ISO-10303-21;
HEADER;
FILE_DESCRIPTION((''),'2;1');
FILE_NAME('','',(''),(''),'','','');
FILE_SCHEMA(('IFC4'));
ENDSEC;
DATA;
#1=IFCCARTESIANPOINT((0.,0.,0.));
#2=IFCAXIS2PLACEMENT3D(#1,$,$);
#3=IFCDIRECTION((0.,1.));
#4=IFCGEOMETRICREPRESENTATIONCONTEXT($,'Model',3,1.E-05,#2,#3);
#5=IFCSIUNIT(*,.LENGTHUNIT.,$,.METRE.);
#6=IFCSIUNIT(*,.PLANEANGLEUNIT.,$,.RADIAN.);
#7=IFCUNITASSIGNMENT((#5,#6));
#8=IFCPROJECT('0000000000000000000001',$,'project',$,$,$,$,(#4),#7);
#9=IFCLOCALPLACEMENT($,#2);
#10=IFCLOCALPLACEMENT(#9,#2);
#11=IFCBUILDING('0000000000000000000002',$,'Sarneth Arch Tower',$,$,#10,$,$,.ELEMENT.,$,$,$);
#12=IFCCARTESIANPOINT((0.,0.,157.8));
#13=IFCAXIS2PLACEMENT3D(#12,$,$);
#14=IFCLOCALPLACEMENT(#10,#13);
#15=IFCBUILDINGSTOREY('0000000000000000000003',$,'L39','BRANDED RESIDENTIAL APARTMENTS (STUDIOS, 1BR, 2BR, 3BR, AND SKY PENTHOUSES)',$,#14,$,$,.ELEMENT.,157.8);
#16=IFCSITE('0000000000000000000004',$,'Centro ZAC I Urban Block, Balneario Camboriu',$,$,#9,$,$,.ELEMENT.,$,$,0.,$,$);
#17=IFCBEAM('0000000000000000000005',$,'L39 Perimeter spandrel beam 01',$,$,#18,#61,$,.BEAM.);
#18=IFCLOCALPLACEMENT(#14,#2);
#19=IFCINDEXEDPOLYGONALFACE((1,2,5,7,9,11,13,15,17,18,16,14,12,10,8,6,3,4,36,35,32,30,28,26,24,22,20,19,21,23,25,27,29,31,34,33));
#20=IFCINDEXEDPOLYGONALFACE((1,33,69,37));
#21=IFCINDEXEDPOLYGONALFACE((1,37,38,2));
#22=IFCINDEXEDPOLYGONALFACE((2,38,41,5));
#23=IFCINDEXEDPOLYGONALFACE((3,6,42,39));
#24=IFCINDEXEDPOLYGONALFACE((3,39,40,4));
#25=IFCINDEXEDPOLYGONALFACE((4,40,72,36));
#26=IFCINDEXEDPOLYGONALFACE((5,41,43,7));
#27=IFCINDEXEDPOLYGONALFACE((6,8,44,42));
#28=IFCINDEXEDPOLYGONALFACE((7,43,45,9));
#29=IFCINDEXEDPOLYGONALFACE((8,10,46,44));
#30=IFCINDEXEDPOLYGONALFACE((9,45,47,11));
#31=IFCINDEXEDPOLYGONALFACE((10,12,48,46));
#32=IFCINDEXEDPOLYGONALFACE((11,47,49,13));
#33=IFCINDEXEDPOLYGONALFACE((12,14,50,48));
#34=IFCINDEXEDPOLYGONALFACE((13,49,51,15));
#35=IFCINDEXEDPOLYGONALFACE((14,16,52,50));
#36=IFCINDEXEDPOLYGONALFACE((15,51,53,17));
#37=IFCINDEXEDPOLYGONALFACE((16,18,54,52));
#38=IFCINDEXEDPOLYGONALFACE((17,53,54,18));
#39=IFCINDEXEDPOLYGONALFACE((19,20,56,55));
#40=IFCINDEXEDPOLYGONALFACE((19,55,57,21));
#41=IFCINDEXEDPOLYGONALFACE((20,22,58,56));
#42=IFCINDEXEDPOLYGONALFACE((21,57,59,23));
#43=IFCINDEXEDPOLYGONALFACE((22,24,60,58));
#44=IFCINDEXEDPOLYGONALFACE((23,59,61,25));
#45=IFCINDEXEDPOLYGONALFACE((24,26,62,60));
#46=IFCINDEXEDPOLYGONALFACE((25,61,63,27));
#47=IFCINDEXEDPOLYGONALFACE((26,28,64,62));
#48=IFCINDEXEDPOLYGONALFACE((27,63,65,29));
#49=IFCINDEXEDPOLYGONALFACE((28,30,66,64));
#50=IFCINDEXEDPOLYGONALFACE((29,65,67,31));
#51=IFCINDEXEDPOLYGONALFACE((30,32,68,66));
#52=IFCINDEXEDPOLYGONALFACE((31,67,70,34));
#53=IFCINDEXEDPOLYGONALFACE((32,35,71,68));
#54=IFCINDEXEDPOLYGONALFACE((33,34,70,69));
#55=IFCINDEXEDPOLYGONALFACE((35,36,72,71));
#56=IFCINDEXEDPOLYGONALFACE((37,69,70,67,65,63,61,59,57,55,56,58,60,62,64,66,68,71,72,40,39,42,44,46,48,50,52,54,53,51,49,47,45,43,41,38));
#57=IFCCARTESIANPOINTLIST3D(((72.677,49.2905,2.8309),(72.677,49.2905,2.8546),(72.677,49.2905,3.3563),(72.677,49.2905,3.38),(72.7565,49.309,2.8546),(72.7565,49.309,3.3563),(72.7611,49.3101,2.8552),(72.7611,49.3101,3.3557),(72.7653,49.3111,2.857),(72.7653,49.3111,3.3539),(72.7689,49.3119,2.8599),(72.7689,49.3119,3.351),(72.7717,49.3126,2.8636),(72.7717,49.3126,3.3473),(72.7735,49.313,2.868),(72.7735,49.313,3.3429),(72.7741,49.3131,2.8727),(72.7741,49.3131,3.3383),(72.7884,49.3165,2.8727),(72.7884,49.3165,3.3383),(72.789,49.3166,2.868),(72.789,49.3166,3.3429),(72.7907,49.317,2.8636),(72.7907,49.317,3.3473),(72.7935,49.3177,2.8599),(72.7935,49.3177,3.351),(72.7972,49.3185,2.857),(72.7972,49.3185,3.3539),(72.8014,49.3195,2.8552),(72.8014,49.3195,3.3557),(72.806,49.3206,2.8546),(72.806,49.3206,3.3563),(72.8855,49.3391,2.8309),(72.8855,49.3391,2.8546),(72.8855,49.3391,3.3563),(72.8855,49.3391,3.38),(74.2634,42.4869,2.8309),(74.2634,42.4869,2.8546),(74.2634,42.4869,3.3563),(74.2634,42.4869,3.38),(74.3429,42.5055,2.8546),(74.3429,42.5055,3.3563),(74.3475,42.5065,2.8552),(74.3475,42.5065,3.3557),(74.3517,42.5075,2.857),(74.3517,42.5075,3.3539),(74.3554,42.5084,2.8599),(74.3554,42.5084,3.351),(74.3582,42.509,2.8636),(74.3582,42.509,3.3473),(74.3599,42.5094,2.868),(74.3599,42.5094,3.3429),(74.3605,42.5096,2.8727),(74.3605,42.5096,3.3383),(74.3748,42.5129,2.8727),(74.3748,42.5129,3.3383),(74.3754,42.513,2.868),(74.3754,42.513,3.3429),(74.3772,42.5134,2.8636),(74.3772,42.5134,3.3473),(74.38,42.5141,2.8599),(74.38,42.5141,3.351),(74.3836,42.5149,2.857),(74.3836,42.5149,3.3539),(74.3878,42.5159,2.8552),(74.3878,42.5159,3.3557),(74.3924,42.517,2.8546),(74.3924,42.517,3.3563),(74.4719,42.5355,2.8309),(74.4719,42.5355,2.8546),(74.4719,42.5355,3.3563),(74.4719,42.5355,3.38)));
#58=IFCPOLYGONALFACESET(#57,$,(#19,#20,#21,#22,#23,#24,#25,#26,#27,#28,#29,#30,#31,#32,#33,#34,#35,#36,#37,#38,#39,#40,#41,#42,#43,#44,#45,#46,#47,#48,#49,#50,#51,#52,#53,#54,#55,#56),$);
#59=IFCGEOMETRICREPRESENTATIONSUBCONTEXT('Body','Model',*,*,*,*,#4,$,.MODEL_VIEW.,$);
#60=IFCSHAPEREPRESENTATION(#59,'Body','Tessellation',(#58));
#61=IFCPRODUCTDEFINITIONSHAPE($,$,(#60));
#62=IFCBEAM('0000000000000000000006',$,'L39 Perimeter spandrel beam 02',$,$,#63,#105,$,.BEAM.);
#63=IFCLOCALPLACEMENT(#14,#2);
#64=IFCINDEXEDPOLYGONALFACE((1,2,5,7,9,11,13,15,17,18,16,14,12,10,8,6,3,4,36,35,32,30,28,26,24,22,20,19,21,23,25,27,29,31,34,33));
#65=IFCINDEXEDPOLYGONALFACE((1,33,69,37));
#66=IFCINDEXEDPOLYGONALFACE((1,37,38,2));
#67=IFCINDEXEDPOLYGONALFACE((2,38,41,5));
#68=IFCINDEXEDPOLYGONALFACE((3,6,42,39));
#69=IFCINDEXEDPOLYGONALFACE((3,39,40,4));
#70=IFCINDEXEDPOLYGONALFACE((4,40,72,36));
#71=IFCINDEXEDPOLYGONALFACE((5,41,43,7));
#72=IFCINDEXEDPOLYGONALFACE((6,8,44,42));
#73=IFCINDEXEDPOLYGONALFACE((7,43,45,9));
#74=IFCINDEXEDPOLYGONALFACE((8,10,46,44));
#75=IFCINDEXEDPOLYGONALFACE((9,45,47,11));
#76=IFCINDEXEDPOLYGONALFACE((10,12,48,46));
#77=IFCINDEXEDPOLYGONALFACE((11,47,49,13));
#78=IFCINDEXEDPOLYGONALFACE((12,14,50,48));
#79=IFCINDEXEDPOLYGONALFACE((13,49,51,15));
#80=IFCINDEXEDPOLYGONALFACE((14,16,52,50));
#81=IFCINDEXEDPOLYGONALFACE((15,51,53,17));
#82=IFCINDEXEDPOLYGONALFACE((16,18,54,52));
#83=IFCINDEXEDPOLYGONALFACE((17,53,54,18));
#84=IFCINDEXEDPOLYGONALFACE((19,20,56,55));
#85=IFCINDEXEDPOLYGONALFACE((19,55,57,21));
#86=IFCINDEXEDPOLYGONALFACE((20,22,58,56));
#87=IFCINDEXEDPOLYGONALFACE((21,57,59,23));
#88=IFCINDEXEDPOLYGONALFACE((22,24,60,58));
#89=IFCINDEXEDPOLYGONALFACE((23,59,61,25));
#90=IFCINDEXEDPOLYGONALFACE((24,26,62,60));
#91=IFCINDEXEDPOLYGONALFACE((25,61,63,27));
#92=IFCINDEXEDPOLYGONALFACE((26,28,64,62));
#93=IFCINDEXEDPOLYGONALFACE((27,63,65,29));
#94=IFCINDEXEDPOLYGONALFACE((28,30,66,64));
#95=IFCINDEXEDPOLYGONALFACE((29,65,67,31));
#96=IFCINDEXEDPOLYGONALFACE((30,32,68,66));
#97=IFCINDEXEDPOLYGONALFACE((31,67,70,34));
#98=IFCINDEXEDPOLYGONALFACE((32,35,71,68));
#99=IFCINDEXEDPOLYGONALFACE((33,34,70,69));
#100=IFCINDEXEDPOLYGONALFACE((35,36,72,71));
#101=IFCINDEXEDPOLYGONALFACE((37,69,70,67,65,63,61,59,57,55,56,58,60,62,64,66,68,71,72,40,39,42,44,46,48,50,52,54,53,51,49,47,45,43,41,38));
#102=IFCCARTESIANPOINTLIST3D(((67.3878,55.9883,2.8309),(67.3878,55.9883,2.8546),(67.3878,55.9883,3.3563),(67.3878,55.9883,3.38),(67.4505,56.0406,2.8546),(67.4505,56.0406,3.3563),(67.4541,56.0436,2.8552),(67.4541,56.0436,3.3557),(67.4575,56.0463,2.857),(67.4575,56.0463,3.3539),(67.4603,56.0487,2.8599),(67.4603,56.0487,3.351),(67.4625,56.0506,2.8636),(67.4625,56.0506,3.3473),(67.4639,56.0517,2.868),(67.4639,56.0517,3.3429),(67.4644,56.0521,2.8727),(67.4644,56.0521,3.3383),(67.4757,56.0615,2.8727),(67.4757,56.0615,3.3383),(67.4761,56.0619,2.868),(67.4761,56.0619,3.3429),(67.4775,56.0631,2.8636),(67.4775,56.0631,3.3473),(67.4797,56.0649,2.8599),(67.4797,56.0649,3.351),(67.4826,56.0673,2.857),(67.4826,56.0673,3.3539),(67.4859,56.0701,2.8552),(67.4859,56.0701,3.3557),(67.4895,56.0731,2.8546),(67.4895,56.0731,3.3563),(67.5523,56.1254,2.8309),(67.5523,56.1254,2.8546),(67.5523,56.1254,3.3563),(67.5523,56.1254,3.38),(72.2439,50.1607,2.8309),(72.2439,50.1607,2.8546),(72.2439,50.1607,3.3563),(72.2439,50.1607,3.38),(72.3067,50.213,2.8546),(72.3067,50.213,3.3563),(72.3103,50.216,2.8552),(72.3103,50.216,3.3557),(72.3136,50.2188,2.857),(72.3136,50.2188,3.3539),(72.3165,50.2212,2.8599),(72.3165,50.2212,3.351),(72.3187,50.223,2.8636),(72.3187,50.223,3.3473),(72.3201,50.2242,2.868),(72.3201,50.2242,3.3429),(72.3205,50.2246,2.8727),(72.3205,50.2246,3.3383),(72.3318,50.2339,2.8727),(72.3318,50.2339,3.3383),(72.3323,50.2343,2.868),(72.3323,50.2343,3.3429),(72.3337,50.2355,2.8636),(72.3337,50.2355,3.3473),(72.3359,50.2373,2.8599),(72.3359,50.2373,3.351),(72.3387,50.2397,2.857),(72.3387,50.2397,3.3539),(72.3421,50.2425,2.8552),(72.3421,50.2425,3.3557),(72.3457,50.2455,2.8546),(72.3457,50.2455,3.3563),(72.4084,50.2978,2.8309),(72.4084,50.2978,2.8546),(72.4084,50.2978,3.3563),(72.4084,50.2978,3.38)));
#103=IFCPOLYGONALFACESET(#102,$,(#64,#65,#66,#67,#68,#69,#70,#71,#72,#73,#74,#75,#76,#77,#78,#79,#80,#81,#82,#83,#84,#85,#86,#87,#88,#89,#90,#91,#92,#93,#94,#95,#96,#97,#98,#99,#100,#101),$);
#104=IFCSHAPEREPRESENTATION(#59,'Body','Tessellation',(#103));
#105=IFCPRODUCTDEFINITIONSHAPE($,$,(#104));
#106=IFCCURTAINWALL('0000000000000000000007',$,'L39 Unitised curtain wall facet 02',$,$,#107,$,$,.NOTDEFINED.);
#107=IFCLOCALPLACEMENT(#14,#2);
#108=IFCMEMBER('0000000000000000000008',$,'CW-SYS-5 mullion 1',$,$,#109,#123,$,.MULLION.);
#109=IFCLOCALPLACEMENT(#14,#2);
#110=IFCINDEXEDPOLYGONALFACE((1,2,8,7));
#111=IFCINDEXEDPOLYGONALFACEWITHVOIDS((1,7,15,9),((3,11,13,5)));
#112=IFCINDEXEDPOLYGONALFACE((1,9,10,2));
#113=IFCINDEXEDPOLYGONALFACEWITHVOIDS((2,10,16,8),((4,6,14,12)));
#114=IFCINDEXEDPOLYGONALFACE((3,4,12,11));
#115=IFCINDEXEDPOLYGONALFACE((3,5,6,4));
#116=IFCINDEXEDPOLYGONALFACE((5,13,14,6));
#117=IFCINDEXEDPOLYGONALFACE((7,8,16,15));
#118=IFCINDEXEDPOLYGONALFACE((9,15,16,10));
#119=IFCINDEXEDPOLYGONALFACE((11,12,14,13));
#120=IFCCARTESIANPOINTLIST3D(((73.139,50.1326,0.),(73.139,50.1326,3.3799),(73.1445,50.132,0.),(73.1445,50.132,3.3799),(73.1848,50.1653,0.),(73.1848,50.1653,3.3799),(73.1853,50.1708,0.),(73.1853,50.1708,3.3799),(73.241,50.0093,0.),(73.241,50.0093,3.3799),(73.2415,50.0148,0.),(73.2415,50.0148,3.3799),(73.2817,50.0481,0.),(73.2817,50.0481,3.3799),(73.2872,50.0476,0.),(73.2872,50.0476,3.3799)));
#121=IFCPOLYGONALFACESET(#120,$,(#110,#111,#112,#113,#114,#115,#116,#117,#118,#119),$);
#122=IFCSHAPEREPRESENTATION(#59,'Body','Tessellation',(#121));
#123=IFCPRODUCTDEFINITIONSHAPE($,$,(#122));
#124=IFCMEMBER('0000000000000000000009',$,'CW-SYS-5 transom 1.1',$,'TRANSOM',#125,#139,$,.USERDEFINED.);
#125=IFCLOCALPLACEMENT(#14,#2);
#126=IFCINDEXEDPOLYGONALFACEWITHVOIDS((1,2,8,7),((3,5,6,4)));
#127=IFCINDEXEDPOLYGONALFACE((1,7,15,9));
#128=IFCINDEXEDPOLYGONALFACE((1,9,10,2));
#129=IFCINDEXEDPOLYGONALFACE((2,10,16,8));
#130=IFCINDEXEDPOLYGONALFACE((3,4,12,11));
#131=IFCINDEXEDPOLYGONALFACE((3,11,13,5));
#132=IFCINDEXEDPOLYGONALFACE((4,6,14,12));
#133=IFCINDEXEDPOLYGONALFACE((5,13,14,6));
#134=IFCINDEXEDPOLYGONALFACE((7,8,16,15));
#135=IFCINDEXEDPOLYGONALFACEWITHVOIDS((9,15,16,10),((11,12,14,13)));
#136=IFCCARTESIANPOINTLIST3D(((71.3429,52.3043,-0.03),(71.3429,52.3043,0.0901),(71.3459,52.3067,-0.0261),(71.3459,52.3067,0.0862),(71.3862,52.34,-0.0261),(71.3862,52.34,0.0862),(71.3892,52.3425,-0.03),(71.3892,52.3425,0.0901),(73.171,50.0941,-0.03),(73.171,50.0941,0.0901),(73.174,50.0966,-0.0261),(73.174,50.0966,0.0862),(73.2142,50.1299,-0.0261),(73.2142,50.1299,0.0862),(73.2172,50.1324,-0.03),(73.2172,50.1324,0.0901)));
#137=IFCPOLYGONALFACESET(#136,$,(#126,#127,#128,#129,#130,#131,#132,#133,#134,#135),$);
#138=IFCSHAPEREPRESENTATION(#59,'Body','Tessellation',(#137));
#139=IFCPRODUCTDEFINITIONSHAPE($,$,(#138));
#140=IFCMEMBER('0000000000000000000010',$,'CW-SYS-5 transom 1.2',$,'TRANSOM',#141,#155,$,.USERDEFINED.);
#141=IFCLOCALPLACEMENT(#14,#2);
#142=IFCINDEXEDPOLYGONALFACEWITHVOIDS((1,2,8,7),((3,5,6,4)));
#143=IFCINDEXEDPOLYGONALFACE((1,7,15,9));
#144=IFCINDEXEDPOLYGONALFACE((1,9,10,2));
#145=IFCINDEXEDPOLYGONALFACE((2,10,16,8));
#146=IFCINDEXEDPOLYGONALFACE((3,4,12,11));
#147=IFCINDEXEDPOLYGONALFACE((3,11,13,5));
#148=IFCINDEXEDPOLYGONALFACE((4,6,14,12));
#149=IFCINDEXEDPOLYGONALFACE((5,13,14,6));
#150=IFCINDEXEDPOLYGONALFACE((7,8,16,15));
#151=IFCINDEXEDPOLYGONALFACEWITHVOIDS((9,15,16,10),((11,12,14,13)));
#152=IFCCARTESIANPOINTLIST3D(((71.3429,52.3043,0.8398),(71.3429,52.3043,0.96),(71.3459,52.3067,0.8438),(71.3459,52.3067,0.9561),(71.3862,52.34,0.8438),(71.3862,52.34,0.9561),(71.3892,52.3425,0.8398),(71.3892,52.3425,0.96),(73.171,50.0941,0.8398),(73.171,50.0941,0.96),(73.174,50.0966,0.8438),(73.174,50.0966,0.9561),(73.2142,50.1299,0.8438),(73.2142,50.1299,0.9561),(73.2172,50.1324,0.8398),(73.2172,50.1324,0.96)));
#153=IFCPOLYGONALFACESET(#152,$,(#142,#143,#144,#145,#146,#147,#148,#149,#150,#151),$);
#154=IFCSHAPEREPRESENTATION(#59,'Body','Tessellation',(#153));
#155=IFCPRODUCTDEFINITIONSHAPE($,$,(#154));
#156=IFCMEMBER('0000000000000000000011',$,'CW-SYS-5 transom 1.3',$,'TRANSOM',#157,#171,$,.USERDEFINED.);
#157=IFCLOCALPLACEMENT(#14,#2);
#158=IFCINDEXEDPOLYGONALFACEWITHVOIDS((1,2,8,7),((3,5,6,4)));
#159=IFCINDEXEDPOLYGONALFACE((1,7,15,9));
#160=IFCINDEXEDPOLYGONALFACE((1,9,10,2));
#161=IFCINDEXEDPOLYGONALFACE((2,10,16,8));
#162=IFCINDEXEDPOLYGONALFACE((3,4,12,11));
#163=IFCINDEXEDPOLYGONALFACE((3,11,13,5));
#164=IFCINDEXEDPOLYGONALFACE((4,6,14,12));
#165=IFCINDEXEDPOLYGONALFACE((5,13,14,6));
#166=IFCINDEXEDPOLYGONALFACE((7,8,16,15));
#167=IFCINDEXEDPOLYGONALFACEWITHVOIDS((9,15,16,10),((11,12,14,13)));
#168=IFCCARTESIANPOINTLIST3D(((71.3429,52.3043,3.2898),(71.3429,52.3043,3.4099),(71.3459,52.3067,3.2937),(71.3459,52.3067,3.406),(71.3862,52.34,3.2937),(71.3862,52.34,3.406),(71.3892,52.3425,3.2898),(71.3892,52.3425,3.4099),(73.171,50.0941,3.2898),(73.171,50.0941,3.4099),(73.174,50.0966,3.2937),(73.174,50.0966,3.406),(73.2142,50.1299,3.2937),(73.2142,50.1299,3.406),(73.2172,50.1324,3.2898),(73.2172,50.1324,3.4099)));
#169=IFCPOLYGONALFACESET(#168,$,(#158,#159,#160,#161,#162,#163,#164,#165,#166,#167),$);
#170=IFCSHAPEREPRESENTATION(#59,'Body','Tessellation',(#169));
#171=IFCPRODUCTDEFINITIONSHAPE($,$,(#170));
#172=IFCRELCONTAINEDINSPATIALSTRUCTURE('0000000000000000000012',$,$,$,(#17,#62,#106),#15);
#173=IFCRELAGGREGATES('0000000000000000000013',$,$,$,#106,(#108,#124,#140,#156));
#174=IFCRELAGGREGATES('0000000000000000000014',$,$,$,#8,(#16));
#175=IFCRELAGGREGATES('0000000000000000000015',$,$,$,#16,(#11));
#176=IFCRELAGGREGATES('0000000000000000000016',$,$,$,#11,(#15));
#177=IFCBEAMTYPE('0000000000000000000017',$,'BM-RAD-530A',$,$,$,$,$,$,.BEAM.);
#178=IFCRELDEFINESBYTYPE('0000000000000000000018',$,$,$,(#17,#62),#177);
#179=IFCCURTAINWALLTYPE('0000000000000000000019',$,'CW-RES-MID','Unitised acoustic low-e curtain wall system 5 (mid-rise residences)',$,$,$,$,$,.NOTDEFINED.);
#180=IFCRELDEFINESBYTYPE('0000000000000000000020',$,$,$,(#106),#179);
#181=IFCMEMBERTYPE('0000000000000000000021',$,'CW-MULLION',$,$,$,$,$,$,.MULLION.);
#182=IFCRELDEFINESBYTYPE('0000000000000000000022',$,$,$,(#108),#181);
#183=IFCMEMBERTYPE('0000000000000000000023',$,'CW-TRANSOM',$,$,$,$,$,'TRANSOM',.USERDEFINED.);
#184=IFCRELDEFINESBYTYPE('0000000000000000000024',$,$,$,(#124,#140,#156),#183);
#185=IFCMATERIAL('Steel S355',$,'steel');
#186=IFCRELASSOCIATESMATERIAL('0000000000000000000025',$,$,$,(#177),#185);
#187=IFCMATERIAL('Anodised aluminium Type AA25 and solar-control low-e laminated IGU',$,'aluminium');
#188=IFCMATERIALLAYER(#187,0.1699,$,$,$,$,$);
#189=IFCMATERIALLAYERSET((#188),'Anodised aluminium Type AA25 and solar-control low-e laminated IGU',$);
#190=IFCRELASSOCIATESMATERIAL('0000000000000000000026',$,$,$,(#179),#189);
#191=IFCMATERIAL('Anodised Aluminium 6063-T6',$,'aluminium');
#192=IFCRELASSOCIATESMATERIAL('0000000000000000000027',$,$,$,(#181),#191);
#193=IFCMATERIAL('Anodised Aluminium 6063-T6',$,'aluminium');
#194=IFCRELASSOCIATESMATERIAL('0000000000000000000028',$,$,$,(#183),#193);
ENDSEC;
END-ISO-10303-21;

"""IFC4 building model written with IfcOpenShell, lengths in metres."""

from ifc_helpers import new_model, si_unit, direction, frame, origin, origin_2d, place, context, subcontext, project, spatial, hollow_rectangle, i_section, extrude, material, layer, layer_set, material_profile, profile_set, type_object, element, aggregate, save


model = new_model("IFC4")

# Units and contexts
model_context = context("Model", 3, precision=1e-05, world=origin(), true_north=direction((0.0, 1.0)))
body_context = subcontext(model_context, "Body", "Model", "MODEL_VIEW")
ifc_project = project(units=[si_unit("LENGTHUNIT", "METRE"), si_unit("PLANEANGLEUNIT", "RADIAN")], contexts=[model_context])

# Site, building, storey
site_placement = place(None, origin())
site = spatial("IfcSite", under=ifc_project, at=site_placement, Name="Centro ZAC I Urban Block, Balneario Camboriu", CompositionType="ELEMENT", RefElevation=0.0)
building_placement = place(site_placement, origin())
building = spatial("IfcBuilding", under=site, at=building_placement, Name="Sarneth Arch Tower", CompositionType="ELEMENT")
storey_placement = place(building_placement, frame((0.0, 0.0, 157.8)))
storey = spatial("IfcBuildingStorey", under=building, at=storey_placement, Name="L39", Description="BRANDED RESIDENTIAL APARTMENTS (STUDIOS, 1BR, 2BR, 3BR, AND SKY PENTHOUSES)", CompositionType="ELEMENT", Elevation=157.8)

# Beams
ifc_material_1 = material(Name="Steel S355", Category="steel")
ifc_material_profile_1 = material_profile(ifc_material_1, i_section(OverallWidth=0.2141, OverallDepth=0.5491, WebThickness=0.0146, FlangeThickness=0.0237, FilletRadius=0.0181, at=origin_2d()), Name="W530x138")
ifc_profile_set_1 = profile_set([ifc_material_profile_1], Name="Steel S355")
beam_type = type_object("IfcBeamType", Name="BM-RAD-530A", PredefinedType="BEAM", material=ifc_profile_set_1)
beam_1_placement = place(storey_placement, frame((74.3677, 42.5112, 3.1055), z_axis=(-0.227087, 0.973874, 0.0), x_axis=(-0.973874, -0.227087, 0.0)))
element("IfcBeam", 1, at=beam_1_placement, inside=storey, type_object=beam_type, Name="L39 Perimeter spandrel beam 01", PredefinedType="BEAM", context=body_context, shape_type="SweptSolid", body=[
    extrude(i_section(OverallWidth=0.2141, OverallDepth=0.5491, WebThickness=0.0146, FlangeThickness=0.0237, FilletRadius=0.0181, at=origin_2d()), origin(), (0.0, 0.0, 1.0), 6.9861),
])
beam_2_placement = place(storey_placement, frame((72.3262, 50.2292, 3.1055), z_axis=(-0.640172, 0.768232, 0.0), x_axis=(-0.768232, -0.640172, 0.0)))
element("IfcBeam", 2, at=beam_2_placement, inside=storey, type_object=beam_type, Name="L39 Perimeter spandrel beam 02", PredefinedType="BEAM", context=body_context, shape_type="SweptSolid", body=[
    extrude(i_section(OverallWidth=0.2141, OverallDepth=0.5491, WebThickness=0.0146, FlangeThickness=0.0237, FilletRadius=0.0181, at=origin_2d()), origin(), (0.0, 0.0, 1.0), 7.5857),
])

# Curtain wall, members
ifc_material_2 = material(Name="Anodised aluminium Type AA25 and solar-control low-e laminated IGU", Category="aluminium")
ifc_layer_1 = layer(ifc_material_2, 0.1699)
ifc_layer_set_1 = layer_set([ifc_layer_1], Name="Anodised aluminium Type AA25 and solar-control low-e laminated IGU")
curtain_wall_type = type_object("IfcCurtainWallType", Name="CW-RES-MID", Description="Unitised acoustic low-e curtain wall system 5 (mid-rise residences)", PredefinedType="NOTDEFINED", material=ifc_layer_set_1)
curtain_wall_placement = place(storey_placement, origin())
curtain_wall = element("IfcCurtainWall", 3, at=curtain_wall_placement, inside=storey, type_object=curtain_wall_type, Name="L39 Unitised curtain wall facet 02", PredefinedType="NOTDEFINED")
ifc_material_3 = material(Name="Anodised Aluminium 6063-T6", Category="aluminium")
ifc_material_profile_2 = material_profile(ifc_material_3, hollow_rectangle(XDim=0.0601, YDim=0.1599, WallThickness=0.0039, at=origin_2d()), Name="AL-MULL-160x60x4")
ifc_profile_set_2 = profile_set([ifc_material_profile_2], Name="Anodised Aluminium 6063-T6")
member_type_1 = type_object("IfcMemberType", Name="CW-MULLION", PredefinedType="MULLION", material=ifc_profile_set_2)
member_1_placement = place(storey_placement, frame((73.2131, 50.0901, 0.0), z_axis=(0.0, 0.0, 1.0), x_axis=(-0.770591, -0.63733, 0.0)))
member_1 = element("IfcMember", 4, at=member_1_placement, type_object=member_type_1, Name="CW-SYS-5 mullion 1", PredefinedType="MULLION", context=body_context, shape_type="SweptSolid", body=[
    extrude(hollow_rectangle(XDim=0.0601, YDim=0.1599, WallThickness=0.0039, at=origin_2d()), origin(), (0.0, 0.0, 1.0), 3.3799),
])
ifc_material_4 = material(Name="Anodised Aluminium 6063-T6", Category="aluminium")
ifc_material_profile_3 = material_profile(ifc_material_4, hollow_rectangle(XDim=0.0601, YDim=0.1201, WallThickness=0.0039, at=origin_2d()), Name="AL-TRAN-120x60x4")
ifc_profile_set_3 = profile_set([ifc_material_profile_3], Name="Anodised Aluminium 6063-T6")
member_type_2 = type_object("IfcMemberType", Name="CW-TRANSOM", ElementType="TRANSOM", PredefinedType="USERDEFINED", material=ifc_profile_set_3)
member_2_placement = place(storey_placement, frame((73.1941, 50.1133, 0.03), z_axis=(-0.637359, 0.770567, 0.0), x_axis=(-0.770567, -0.637359, 0.0)))
member_2 = element("IfcMember", 5, at=member_2_placement, type_object=member_type_2, Name="CW-SYS-5 transom 1.1", ObjectType="TRANSOM", PredefinedType="USERDEFINED", context=body_context, shape_type="SweptSolid", body=[
    extrude(hollow_rectangle(XDim=0.0601, YDim=0.1201, WallThickness=0.0039, at=origin_2d()), origin(), (0.0, 0.0, 1.0), 2.8682),
])
member_3_placement = place(storey_placement, frame((73.1941, 50.1133, 0.8999), z_axis=(-0.637359, 0.770567, 0.0), x_axis=(-0.770567, -0.637359, 0.0)))
member_3 = element("IfcMember", 6, at=member_3_placement, type_object=member_type_2, Name="CW-SYS-5 transom 1.2", ObjectType="TRANSOM", PredefinedType="USERDEFINED", context=body_context, shape_type="SweptSolid", body=[
    extrude(hollow_rectangle(XDim=0.0601, YDim=0.1201, WallThickness=0.0039, at=origin_2d()), origin(), (0.0, 0.0, 1.0), 2.8682),
])
member_4_placement = place(storey_placement, frame((73.1941, 50.1133, 3.3499), z_axis=(-0.637359, 0.770567, 0.0), x_axis=(-0.770567, -0.637359, 0.0)))
member_4 = element("IfcMember", 7, at=member_4_placement, type_object=member_type_2, Name="CW-SYS-5 transom 1.3", ObjectType="TRANSOM", PredefinedType="USERDEFINED", context=body_context, shape_type="SweptSolid", body=[
    extrude(hollow_rectangle(XDim=0.0601, YDim=0.1201, WallThickness=0.0039, at=origin_2d()), origin(), (0.0, 0.0, 1.0), 2.8682),
])
aggregate(curtain_wall, [member_1, member_2, member_3, member_4])

save(model, "model.ifc")
